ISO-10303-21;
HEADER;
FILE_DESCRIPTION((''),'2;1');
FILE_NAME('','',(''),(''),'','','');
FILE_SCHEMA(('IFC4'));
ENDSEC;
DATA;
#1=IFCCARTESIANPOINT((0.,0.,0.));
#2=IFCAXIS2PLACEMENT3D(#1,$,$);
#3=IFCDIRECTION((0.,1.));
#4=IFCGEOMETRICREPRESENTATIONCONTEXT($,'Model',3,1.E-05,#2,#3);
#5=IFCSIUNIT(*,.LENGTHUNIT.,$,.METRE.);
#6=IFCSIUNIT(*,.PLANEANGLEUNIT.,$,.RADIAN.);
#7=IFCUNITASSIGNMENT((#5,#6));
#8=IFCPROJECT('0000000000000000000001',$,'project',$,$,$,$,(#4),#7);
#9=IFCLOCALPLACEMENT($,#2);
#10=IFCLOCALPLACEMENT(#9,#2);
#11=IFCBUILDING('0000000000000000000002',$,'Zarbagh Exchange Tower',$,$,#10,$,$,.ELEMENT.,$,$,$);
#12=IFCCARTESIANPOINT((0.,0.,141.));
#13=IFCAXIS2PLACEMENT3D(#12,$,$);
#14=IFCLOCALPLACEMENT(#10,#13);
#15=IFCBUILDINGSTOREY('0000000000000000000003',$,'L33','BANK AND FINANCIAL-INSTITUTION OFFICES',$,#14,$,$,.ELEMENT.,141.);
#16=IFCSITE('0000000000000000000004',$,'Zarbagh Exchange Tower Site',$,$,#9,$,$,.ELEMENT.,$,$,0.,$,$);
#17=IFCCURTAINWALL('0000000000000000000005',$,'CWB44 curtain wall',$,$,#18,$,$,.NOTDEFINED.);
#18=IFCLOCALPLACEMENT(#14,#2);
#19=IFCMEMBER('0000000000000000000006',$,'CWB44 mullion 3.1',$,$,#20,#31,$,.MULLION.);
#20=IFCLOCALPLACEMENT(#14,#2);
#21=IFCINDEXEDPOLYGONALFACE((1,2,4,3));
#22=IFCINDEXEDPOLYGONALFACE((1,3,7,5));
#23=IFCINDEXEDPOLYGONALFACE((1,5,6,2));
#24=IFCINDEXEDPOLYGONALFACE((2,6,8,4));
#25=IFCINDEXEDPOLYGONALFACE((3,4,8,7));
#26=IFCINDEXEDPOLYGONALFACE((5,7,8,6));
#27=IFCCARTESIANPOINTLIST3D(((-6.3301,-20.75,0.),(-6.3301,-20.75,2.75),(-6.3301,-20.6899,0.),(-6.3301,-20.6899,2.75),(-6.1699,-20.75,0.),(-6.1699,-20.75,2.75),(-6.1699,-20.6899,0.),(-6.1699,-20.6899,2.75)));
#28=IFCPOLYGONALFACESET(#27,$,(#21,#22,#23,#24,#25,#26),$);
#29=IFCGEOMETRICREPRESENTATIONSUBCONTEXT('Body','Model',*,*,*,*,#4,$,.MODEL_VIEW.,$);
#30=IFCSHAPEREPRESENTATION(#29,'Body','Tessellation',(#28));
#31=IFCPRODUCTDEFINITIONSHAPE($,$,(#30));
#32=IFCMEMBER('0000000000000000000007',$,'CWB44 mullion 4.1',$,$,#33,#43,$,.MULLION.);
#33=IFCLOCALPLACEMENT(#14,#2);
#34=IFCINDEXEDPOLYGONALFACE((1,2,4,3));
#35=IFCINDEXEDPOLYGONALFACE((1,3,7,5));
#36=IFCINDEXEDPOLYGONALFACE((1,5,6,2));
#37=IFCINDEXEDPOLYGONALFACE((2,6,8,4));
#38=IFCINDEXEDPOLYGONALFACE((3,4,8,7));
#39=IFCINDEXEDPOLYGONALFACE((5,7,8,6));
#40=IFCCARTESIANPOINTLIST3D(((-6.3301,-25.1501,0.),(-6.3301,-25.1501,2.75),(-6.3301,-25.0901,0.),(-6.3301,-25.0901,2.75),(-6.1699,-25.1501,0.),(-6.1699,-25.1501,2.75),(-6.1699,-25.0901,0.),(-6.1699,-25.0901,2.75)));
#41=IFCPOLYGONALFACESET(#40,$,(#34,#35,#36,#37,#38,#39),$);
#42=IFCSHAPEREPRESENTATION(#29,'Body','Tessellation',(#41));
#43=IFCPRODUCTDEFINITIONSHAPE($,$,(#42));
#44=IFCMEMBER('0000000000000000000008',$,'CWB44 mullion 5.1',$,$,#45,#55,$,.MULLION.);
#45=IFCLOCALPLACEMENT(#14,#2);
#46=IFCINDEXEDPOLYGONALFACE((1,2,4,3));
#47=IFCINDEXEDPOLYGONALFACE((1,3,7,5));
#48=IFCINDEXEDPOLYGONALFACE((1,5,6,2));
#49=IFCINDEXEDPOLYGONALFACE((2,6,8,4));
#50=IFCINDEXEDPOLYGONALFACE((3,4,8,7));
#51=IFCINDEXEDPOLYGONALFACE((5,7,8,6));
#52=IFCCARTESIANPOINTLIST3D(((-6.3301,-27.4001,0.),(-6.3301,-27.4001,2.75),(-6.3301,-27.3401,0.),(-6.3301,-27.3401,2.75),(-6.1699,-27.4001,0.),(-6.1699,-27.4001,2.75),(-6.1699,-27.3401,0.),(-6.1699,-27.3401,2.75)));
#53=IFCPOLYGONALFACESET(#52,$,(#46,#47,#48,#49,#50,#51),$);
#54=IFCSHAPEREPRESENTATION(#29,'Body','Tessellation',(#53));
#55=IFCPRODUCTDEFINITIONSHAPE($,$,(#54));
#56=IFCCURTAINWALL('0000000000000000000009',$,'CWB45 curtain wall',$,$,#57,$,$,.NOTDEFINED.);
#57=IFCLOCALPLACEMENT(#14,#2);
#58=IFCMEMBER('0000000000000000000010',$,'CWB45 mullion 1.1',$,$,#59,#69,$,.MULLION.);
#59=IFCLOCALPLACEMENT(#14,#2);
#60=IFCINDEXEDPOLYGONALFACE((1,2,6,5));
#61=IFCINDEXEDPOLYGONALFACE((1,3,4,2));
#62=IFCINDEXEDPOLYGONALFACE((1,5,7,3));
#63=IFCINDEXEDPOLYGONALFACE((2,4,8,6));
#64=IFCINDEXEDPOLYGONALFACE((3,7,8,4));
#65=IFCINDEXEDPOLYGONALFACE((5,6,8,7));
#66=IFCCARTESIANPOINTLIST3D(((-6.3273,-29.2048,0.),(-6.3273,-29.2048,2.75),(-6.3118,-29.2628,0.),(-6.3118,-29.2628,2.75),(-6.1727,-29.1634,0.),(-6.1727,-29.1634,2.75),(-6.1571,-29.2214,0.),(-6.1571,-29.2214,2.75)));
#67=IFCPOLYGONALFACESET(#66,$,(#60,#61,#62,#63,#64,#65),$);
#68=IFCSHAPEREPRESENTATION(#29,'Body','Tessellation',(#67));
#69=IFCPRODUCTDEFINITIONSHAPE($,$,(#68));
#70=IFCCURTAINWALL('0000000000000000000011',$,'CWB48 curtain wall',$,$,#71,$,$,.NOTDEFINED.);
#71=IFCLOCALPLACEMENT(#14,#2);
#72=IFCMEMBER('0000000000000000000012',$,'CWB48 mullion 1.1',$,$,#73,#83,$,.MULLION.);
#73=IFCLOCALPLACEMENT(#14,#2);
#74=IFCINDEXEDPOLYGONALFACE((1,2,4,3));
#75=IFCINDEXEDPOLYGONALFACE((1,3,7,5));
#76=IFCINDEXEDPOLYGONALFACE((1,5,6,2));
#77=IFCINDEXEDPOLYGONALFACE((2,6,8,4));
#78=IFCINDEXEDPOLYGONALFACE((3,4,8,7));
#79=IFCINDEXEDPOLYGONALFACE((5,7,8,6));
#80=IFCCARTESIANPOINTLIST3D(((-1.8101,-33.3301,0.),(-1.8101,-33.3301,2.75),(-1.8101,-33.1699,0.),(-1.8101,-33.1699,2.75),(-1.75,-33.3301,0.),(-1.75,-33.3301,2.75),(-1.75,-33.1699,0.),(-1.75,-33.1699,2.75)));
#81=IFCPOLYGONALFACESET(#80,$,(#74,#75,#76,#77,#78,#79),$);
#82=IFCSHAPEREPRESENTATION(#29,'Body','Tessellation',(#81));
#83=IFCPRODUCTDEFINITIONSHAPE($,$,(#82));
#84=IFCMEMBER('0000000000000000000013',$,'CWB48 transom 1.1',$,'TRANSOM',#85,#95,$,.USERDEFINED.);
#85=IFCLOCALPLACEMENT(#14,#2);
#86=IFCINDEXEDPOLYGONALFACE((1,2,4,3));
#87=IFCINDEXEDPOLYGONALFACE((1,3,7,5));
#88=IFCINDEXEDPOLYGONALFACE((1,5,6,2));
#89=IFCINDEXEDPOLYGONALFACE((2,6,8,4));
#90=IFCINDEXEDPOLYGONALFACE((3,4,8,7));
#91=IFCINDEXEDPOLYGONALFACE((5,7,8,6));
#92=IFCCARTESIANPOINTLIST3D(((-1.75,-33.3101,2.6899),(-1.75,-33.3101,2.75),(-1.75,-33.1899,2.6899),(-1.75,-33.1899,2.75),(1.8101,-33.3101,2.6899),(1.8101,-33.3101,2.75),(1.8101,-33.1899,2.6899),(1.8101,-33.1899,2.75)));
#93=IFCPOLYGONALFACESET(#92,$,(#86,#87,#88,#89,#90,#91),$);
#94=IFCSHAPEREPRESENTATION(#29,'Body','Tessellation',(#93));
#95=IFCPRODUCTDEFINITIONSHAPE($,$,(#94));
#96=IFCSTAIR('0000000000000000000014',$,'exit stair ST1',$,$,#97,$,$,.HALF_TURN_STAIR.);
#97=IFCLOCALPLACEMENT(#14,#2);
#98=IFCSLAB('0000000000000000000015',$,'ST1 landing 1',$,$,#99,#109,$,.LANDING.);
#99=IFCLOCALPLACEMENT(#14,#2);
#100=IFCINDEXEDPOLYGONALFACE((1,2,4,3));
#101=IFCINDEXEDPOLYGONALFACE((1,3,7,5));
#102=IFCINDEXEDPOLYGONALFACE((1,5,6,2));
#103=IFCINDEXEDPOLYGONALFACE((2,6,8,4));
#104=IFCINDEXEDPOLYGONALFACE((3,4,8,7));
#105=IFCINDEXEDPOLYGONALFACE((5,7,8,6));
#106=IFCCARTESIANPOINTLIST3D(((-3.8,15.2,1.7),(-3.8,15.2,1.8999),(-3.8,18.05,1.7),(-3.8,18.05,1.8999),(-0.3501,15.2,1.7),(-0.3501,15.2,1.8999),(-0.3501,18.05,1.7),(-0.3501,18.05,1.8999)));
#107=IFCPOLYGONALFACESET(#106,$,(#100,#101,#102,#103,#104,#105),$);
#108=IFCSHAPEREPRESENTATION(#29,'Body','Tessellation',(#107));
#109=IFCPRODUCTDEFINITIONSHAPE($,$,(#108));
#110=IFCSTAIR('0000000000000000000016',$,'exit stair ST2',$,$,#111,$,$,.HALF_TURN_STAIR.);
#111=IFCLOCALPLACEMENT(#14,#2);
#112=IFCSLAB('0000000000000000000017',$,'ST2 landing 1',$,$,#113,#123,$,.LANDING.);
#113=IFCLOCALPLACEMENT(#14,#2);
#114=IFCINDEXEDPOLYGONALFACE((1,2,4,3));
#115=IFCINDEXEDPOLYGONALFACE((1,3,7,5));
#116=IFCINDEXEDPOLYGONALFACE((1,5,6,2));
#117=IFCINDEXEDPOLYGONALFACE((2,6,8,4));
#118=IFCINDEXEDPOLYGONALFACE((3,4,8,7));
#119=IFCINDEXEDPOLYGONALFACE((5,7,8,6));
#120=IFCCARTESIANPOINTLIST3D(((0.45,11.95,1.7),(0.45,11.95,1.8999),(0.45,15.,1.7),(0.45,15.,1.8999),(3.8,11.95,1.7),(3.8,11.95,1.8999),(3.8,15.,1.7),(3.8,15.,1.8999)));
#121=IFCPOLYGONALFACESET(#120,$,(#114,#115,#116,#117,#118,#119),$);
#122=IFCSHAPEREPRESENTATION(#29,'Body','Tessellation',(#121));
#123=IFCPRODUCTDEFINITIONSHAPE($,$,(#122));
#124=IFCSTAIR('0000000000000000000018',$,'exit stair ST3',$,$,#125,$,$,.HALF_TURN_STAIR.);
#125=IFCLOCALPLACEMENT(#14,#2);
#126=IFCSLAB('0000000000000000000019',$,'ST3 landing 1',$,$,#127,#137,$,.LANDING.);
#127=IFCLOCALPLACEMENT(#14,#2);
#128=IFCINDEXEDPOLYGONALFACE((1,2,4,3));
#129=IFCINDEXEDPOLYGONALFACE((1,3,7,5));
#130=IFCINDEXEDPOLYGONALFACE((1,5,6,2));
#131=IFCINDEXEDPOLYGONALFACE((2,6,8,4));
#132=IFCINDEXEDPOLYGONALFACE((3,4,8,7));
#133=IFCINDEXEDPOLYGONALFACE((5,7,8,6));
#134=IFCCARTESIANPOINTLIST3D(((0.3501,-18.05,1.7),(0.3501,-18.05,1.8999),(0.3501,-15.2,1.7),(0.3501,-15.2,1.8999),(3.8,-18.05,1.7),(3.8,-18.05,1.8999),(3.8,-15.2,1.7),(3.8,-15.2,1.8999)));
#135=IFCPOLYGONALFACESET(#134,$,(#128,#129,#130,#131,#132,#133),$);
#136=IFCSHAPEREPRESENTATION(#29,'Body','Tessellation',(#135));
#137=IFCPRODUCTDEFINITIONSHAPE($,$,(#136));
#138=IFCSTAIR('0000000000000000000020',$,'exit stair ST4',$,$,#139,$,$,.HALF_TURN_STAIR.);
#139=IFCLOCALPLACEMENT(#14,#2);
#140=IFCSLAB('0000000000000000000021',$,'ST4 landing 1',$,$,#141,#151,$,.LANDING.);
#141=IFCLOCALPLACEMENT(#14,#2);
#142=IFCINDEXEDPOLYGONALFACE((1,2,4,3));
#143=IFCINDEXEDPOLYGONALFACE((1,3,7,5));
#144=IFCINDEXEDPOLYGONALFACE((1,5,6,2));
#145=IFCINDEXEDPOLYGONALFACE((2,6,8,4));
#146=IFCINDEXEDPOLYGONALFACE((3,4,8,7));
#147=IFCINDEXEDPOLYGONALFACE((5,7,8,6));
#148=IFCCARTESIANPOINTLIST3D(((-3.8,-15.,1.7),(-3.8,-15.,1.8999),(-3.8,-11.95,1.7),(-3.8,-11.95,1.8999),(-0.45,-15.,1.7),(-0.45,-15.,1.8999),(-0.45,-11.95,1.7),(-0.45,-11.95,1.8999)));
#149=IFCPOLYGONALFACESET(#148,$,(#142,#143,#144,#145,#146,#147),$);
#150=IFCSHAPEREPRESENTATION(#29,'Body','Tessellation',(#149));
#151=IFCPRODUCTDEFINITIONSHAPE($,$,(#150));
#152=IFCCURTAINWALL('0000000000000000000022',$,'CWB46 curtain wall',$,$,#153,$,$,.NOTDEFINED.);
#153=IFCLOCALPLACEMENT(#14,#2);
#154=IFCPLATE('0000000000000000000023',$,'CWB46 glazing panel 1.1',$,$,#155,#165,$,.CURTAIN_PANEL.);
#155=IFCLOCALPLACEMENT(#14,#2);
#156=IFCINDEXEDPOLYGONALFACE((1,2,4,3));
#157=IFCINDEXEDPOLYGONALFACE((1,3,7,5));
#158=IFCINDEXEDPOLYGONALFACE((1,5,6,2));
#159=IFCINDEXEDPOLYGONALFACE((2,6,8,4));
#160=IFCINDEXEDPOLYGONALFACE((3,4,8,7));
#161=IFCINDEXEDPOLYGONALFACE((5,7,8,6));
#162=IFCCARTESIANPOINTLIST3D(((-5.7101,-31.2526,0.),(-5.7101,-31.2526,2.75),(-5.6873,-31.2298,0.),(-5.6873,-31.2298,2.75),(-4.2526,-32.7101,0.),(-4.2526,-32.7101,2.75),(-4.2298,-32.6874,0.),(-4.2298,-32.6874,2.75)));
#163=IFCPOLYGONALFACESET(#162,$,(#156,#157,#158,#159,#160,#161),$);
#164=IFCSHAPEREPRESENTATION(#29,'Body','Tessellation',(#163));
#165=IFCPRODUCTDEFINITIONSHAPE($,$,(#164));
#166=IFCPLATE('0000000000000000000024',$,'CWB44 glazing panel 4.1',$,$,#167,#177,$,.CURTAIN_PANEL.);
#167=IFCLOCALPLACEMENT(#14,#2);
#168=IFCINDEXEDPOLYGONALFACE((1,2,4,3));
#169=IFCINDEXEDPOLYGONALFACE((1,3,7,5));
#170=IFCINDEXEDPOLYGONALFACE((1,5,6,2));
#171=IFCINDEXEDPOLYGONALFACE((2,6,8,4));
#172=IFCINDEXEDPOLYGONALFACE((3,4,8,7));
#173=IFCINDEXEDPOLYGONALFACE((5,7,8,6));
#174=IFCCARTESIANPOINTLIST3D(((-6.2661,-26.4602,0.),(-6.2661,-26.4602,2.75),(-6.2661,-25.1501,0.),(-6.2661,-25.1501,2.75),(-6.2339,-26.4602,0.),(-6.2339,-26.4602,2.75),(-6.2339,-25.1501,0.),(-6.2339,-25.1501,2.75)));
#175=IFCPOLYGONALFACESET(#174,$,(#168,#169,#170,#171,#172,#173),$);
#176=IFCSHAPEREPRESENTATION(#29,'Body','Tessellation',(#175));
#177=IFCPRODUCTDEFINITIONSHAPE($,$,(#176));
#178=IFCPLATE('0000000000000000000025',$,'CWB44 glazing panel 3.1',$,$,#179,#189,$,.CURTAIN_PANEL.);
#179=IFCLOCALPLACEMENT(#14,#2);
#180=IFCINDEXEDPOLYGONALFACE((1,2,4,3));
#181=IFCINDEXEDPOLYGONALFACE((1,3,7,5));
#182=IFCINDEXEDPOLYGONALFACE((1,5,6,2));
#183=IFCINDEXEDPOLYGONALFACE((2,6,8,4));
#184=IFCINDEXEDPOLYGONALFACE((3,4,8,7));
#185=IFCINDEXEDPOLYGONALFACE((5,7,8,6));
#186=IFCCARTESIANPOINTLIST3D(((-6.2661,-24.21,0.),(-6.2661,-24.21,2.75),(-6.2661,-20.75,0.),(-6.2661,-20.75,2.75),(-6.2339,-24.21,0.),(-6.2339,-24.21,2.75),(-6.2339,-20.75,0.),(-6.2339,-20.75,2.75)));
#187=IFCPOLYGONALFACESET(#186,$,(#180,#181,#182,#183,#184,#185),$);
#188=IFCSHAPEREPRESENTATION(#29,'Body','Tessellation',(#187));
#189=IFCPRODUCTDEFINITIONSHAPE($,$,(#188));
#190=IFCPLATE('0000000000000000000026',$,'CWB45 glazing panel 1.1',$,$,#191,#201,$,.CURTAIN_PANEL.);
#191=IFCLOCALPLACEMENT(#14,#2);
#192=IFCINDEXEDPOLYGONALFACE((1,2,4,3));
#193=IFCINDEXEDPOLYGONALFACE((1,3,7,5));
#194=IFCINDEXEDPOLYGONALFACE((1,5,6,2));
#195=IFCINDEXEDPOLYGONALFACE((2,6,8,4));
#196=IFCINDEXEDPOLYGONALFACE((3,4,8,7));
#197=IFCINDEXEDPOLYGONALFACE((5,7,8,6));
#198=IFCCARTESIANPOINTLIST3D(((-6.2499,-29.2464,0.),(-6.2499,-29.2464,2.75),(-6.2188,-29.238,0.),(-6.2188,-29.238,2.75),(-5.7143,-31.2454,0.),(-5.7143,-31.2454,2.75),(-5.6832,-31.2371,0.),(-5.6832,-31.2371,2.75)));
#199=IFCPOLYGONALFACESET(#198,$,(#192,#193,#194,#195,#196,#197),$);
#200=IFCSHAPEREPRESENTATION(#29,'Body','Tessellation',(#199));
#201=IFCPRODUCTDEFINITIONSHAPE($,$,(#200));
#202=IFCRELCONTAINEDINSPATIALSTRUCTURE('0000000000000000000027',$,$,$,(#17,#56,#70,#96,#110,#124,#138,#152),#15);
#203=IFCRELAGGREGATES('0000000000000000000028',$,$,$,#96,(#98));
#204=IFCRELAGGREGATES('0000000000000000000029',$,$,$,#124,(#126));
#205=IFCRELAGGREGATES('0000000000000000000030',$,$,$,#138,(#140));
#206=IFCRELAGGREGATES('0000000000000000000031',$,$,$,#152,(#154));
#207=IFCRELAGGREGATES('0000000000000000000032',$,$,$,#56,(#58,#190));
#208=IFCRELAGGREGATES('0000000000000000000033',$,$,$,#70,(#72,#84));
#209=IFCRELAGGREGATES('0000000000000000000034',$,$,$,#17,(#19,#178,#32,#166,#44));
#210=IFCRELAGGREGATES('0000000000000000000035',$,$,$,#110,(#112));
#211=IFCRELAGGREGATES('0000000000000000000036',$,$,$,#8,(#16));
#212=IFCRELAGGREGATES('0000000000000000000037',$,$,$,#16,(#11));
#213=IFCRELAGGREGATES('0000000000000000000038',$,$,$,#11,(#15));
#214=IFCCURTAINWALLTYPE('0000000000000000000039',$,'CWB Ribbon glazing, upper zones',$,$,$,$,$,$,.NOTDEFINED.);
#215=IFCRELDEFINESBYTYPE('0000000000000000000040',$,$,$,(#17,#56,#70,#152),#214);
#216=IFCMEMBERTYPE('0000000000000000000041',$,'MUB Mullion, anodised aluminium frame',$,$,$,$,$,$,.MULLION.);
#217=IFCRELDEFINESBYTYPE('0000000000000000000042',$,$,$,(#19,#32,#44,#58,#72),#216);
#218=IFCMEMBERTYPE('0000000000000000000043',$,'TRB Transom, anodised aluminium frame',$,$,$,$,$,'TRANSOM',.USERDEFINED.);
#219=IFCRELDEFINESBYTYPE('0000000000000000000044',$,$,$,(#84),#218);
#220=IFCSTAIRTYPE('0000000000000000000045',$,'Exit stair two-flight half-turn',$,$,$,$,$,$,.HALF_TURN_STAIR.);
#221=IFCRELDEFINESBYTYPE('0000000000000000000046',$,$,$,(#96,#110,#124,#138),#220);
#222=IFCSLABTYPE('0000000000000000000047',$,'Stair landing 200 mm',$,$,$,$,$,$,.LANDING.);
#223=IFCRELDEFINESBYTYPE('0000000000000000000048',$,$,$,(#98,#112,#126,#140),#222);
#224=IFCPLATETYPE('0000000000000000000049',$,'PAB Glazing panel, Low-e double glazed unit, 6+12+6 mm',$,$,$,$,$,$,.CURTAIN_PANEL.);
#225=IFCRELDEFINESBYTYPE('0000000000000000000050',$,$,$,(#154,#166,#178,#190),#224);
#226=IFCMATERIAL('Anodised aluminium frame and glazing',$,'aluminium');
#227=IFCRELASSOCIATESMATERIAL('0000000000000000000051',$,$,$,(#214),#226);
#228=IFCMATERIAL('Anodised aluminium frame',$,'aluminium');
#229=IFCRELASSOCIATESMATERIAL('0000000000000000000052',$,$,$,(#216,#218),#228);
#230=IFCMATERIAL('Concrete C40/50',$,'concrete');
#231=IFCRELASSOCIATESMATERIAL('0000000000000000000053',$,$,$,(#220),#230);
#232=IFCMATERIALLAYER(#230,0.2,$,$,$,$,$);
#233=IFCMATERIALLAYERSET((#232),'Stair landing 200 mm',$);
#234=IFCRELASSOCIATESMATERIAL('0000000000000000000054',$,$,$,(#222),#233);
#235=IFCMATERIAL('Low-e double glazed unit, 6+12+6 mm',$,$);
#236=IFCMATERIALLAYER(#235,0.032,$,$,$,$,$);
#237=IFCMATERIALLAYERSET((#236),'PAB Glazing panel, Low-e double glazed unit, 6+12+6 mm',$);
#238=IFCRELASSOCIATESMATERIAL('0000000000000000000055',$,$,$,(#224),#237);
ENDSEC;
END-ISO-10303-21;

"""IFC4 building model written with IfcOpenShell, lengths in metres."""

from ifc_helpers import new_model, si_unit, direction, frame, origin, place, context, subcontext, project, spatial, polyline, outline, extrude, source, transform, mapped, material, layer, layer_set, type_object, element, aggregate, save


model = new_model("IFC4")

# Units and contexts
model_context = context("Model", 3, precision=1e-05, world=origin(), true_north=direction((0.0, 1.0)))
body_context = subcontext(model_context, "Body", "Model", "MODEL_VIEW")
ifc_project = project(units=[si_unit("LENGTHUNIT", "METRE"), si_unit("PLANEANGLEUNIT", "RADIAN")], contexts=[model_context])

# Site, building, storey
site_placement = place(None, origin())
site = spatial("IfcSite", under=ifc_project, at=site_placement, Name="Zarbagh Exchange Tower Site", CompositionType="ELEMENT", RefElevation=0.0)
building_placement = place(site_placement, origin())
building = spatial("IfcBuilding", under=site, at=building_placement, Name="Zarbagh Exchange Tower", CompositionType="ELEMENT")
storey_placement = place(building_placement, frame((0.0, 0.0, 141.0)))
storey = spatial("IfcBuildingStorey", under=building, at=storey_placement, Name="L33", Description="BANK AND FINANCIAL-INSTITUTION OFFICES", CompositionType="ELEMENT", Elevation=141.0)

# Curtain wall, members
ifc_material_1 = material(Name="Anodised aluminium frame and glazing", Category="aluminium")
curtain_wall_type = type_object("IfcCurtainWallType", Name="CWB Ribbon glazing, upper zones", PredefinedType="NOTDEFINED", material=ifc_material_1)
curtain_wall_1_placement = place(storey_placement, origin())
curtain_wall_1 = element("IfcCurtainWall", 1, at=curtain_wall_1_placement, inside=storey, type_object=curtain_wall_type, Name="CWB44 curtain wall", PredefinedType="NOTDEFINED")
ifc_material_2 = material(Name="Anodised aluminium frame", Category="aluminium")
member_type_1 = type_object("IfcMemberType", Name="MUB Mullion, anodised aluminium frame", PredefinedType="MULLION", material=ifc_material_2)
shared_shape_1 = source(origin(), body_context, "Body", "SweptSolid", [
    extrude(outline(polyline([(0.0, -0.0801), (0.0601, -0.0801), (0.0601, 0.0801), (0.0, 0.0801), (0.0, -0.0801)])), origin(), (0.0, 0.0, 1.0), 2.75),
])
placement = place(storey_placement, origin())
member_1 = element("IfcMember", 2, at=placement, type_object=member_type_1, Name="CWB44 mullion 3.1", PredefinedType="MULLION", context=body_context, shape_type="MappedRepresentation", body=[
    mapped(shared_shape_1, transform((-6.25, -20.6899, 0.0), x_axis=(0.0, -1.0, 0.0), y_axis=(1.0, 0.0, 0.0), z_axis=(0.0, 0.0, 1.0))),
])
member_2 = element("IfcMember", 3, at=placement, type_object=member_type_1, Name="CWB44 mullion 4.1", PredefinedType="MULLION", context=body_context, shape_type="MappedRepresentation", body=[
    mapped(shared_shape_1, transform((-6.25, -25.0901, 0.0), x_axis=(0.0, -1.0, 0.0), y_axis=(1.0, 0.0, 0.0), z_axis=(0.0, 0.0, 1.0))),
])
member_3 = element("IfcMember", 4, at=placement, type_object=member_type_1, Name="CWB44 mullion 5.1", PredefinedType="MULLION", context=body_context, shape_type="MappedRepresentation", body=[
    mapped(shared_shape_1, transform((-6.25, -27.3401, 0.0), x_axis=(0.0, -1.0, 0.0), y_axis=(1.0, 0.0, 0.0), z_axis=(0.0, 0.0, 1.0))),
])

# Curtain wall, member
curtain_wall_2_placement = place(storey_placement, origin())
curtain_wall_2 = element("IfcCurtainWall", 5, at=curtain_wall_2_placement, inside=storey, type_object=curtain_wall_type, Name="CWB45 curtain wall", PredefinedType="NOTDEFINED")
member_4 = element("IfcMember", 6, at=placement, type_object=member_type_1, Name="CWB45 mullion 1.1", PredefinedType="MULLION", context=body_context, shape_type="MappedRepresentation", body=[
    mapped(shared_shape_1, transform((-6.25, -29.1841, 0.0), x_axis=(0.258825, -0.965924, 0.0), y_axis=(0.965924, 0.258825, 0.0), z_axis=(0.0, 0.0, 1.0))),
])

# Curtain wall, members
curtain_wall_3_placement = place(storey_placement, origin())
curtain_wall_3 = element("IfcCurtainWall", 7, at=curtain_wall_3_placement, inside=storey, type_object=curtain_wall_type, Name="CWB48 curtain wall", PredefinedType="NOTDEFINED")
member_5 = element("IfcMember", 8, at=placement, type_object=member_type_1, Name="CWB48 mullion 1.1", PredefinedType="MULLION", context=body_context, shape_type="MappedRepresentation", body=[
    mapped(shared_shape_1, transform((-1.8101, -33.25, 0.0), x_axis=(1.0, 0.0, 0.0), y_axis=(0.0, 1.0, 0.0), z_axis=(0.0, 0.0, 1.0))),
])
member_type_2 = type_object("IfcMemberType", Name="TRB Transom, anodised aluminium frame", ElementType="TRANSOM", PredefinedType="USERDEFINED", material=ifc_material_2)
shared_shape_2 = source(origin(), body_context, "Body", "SweptSolid", [
    extrude(outline(polyline([(-0.0601, -0.0601), (0.0, -0.0601), (0.0, 0.0601), (-0.0601, 0.0601), (-0.0601, -0.0601)])), origin(), (0.0, 0.0, 1.0), 3.5601),
])
member_6 = element("IfcMember", 9, at=placement, type_object=member_type_2, Name="CWB48 transom 1.1", ObjectType="TRANSOM", PredefinedType="USERDEFINED", context=body_context, shape_type="MappedRepresentation", body=[
    mapped(shared_shape_2, transform((-1.75, -33.25, 2.75), x_axis=(0.0, 0.0, 1.0), y_axis=(0.0, -1.0, 0.0), z_axis=(1.0, 0.0, 0.0))),
])

# Stairs, slabs
ifc_material_3 = material(Name="Concrete C40/50", Category="concrete")
stair_type = type_object("IfcStairType", Name="Exit stair two-flight half-turn", PredefinedType="HALF_TURN_STAIR", material=ifc_material_3)
stair_1_placement = place(storey_placement, origin())
stair_1 = element("IfcStair", 10, at=stair_1_placement, inside=storey, type_object=stair_type, Name="exit stair ST1", PredefinedType="HALF_TURN_STAIR")
ifc_layer_1 = layer(ifc_material_3, 0.2)
ifc_layer_set_1 = layer_set([ifc_layer_1], Name="Stair landing 200 mm")
slab_type = type_object("IfcSlabType", Name="Stair landing 200 mm", PredefinedType="LANDING", material=ifc_layer_set_1)
slab_1_placement = place(storey_placement, frame((0.0, 0.0, 1.7)))
slab_1 = element("IfcSlab", 11, at=slab_1_placement, type_object=slab_type, Name="ST1 landing 1", PredefinedType="LANDING", context=body_context, shape_type="SweptSolid", body=[
    extrude(outline(polyline([(-0.3501, 18.05), (-3.8, 18.05), (-3.8, 15.2), (-0.3501, 15.2), (-0.3501, 18.05)])), origin(), (0.0, 0.0, 1.0), 0.2),
])
aggregate(stair_1, [slab_1])
stair_2_placement = place(storey_placement, origin())
stair_2 = element("IfcStair", 12, at=stair_2_placement, inside=storey, type_object=stair_type, Name="exit stair ST2", PredefinedType="HALF_TURN_STAIR")
slab_2_placement = place(storey_placement, frame((0.0, 0.0, 1.7)))
slab_2 = element("IfcSlab", 13, at=slab_2_placement, type_object=slab_type, Name="ST2 landing 1", PredefinedType="LANDING", context=body_context, shape_type="SweptSolid", body=[
    extrude(outline(polyline([(0.45, 11.95), (3.8, 11.95), (3.8, 15.0), (0.45, 15.0), (0.45, 11.95)])), origin(), (0.0, 0.0, 1.0), 0.2),
])
stair_3_placement = place(storey_placement, origin())
stair_3 = element("IfcStair", 14, at=stair_3_placement, inside=storey, type_object=stair_type, Name="exit stair ST3", PredefinedType="HALF_TURN_STAIR")
slab_3_placement = place(storey_placement, frame((0.0, 0.0, 1.7)))
slab_3 = element("IfcSlab", 15, at=slab_3_placement, type_object=slab_type, Name="ST3 landing 1", PredefinedType="LANDING", context=body_context, shape_type="SweptSolid", body=[
    extrude(outline(polyline([(0.3501, -18.05), (3.8, -18.05), (3.8, -15.2), (0.3501, -15.2), (0.3501, -18.05)])), origin(), (0.0, 0.0, 1.0), 0.2),
])
aggregate(stair_3, [slab_3])
stair_4_placement = place(storey_placement, origin())
stair_4 = element("IfcStair", 16, at=stair_4_placement, inside=storey, type_object=stair_type, Name="exit stair ST4", PredefinedType="HALF_TURN_STAIR")
slab_4_placement = place(storey_placement, frame((0.0, 0.0, 1.7)))
slab_4 = element("IfcSlab", 17, at=slab_4_placement, type_object=slab_type, Name="ST4 landing 1", PredefinedType="LANDING", context=body_context, shape_type="SweptSolid", body=[
    extrude(outline(polyline([(-0.45, -11.95), (-3.8, -11.95), (-3.8, -15.0), (-0.45, -15.0), (-0.45, -11.95)])), origin(), (0.0, 0.0, 1.0), 0.2),
])
aggregate(stair_4, [slab_4])

# Curtain wall, plate
curtain_wall_4_placement = place(storey_placement, origin())
curtain_wall_4 = element("IfcCurtainWall", 18, at=curtain_wall_4_placement, inside=storey, type_object=curtain_wall_type, Name="CWB46 curtain wall", PredefinedType="NOTDEFINED")
ifc_material_4 = material(Name="Low-e double glazed unit, 6+12+6 mm")
ifc_layer_2 = layer(ifc_material_4, 0.032)
ifc_layer_set_2 = layer_set([ifc_layer_2], Name="PAB Glazing panel, Low-e double glazed unit, 6+12+6 mm")
plate_type = type_object("IfcPlateType", Name="PAB Glazing panel, Low-e double glazed unit, 6+12+6 mm", PredefinedType="CURTAIN_PANEL", material=ifc_layer_set_2)
shared_shape_3 = source(origin(), body_context, "Body", "SweptSolid", [
    extrude(outline(polyline([(0.0, -0.0161), (2.0613, -0.0161), (2.0613, 0.0161), (0.0, 0.0161), (0.0, -0.0161)])), origin(), (0.0, 0.0, 1.0), 2.75),
])
plate_1 = element("IfcPlate", 19, at=placement, type_object=plate_type, Name="CWB46 glazing panel 1.1", PredefinedType="CURTAIN_PANEL", context=body_context, shape_type="MappedRepresentation", body=[
    mapped(shared_shape_3, transform((-5.6987, -31.2412, 0.0), x_axis=(0.707107, -0.707107, 0.0), y_axis=(0.707107, 0.707107, 0.0), z_axis=(0.0, 0.0, 1.0))),
])
aggregate(curtain_wall_4, [plate_1])

# Plates
shared_shape_4 = source(origin(), body_context, "Body", "SweptSolid", [
    extrude(outline(polyline([(0.0, -0.0161), (1.3101, -0.0161), (1.3101, 0.0161), (0.0, 0.0161), (0.0, -0.0161)])), origin(), (0.0, 0.0, 1.0), 2.75),
])
plate_2 = element("IfcPlate", 20, at=placement, type_object=plate_type, Name="CWB44 glazing panel 4.1", PredefinedType="CURTAIN_PANEL", context=body_context, shape_type="MappedRepresentation", body=[
    mapped(shared_shape_4, transform((-6.25, -25.1501, 0.0), x_axis=(0.0, -1.0, 0.0), y_axis=(1.0, 0.0, 0.0), z_axis=(0.0, 0.0, 1.0))),
])
shared_shape_5 = source(origin(), body_context, "Body", "SweptSolid", [
    extrude(outline(polyline([(0.0, -0.0161), (3.46, -0.0161), (3.46, 0.0161), (0.0, 0.0161), (0.0, -0.0161)])), origin(), (0.0, 0.0, 1.0), 2.75),
])
plate_3 = element("IfcPlate", 21, at=placement, type_object=plate_type, Name="CWB44 glazing panel 3.1", PredefinedType="CURTAIN_PANEL", context=body_context, shape_type="MappedRepresentation", body=[
    mapped(shared_shape_5, transform((-6.25, -20.75, 0.0), x_axis=(0.0, -1.0, 0.0), y_axis=(1.0, 0.0, 0.0), z_axis=(0.0, 0.0, 1.0))),
])
shared_shape_6 = source(origin(), body_context, "Body", "SweptSolid", [
    extrude(outline(polyline([(0.0, -0.0161), (2.0696, -0.0161), (2.0696, 0.0161), (0.0, 0.0161), (0.0, -0.0161)])), origin(), (0.0, 0.0, 1.0), 2.75),
])
plate_4 = element("IfcPlate", 22, at=placement, type_object=plate_type, Name="CWB45 glazing panel 1.1", PredefinedType="CURTAIN_PANEL", context=body_context, shape_type="MappedRepresentation", body=[
    mapped(shared_shape_6, transform((-6.2344, -29.2422, 0.0), x_axis=(0.258825, -0.965924, 0.0), y_axis=(0.965924, 0.258825, 0.0), z_axis=(0.0, 0.0, 1.0))),
])
aggregate(curtain_wall_2, [member_4, plate_4])

aggregate(curtain_wall_3, [member_5, member_6])
aggregate(curtain_wall_1, [member_1, plate_3, member_2, plate_2, member_3])

aggregate(stair_2, [slab_2])

save(model, "model.ifc")
